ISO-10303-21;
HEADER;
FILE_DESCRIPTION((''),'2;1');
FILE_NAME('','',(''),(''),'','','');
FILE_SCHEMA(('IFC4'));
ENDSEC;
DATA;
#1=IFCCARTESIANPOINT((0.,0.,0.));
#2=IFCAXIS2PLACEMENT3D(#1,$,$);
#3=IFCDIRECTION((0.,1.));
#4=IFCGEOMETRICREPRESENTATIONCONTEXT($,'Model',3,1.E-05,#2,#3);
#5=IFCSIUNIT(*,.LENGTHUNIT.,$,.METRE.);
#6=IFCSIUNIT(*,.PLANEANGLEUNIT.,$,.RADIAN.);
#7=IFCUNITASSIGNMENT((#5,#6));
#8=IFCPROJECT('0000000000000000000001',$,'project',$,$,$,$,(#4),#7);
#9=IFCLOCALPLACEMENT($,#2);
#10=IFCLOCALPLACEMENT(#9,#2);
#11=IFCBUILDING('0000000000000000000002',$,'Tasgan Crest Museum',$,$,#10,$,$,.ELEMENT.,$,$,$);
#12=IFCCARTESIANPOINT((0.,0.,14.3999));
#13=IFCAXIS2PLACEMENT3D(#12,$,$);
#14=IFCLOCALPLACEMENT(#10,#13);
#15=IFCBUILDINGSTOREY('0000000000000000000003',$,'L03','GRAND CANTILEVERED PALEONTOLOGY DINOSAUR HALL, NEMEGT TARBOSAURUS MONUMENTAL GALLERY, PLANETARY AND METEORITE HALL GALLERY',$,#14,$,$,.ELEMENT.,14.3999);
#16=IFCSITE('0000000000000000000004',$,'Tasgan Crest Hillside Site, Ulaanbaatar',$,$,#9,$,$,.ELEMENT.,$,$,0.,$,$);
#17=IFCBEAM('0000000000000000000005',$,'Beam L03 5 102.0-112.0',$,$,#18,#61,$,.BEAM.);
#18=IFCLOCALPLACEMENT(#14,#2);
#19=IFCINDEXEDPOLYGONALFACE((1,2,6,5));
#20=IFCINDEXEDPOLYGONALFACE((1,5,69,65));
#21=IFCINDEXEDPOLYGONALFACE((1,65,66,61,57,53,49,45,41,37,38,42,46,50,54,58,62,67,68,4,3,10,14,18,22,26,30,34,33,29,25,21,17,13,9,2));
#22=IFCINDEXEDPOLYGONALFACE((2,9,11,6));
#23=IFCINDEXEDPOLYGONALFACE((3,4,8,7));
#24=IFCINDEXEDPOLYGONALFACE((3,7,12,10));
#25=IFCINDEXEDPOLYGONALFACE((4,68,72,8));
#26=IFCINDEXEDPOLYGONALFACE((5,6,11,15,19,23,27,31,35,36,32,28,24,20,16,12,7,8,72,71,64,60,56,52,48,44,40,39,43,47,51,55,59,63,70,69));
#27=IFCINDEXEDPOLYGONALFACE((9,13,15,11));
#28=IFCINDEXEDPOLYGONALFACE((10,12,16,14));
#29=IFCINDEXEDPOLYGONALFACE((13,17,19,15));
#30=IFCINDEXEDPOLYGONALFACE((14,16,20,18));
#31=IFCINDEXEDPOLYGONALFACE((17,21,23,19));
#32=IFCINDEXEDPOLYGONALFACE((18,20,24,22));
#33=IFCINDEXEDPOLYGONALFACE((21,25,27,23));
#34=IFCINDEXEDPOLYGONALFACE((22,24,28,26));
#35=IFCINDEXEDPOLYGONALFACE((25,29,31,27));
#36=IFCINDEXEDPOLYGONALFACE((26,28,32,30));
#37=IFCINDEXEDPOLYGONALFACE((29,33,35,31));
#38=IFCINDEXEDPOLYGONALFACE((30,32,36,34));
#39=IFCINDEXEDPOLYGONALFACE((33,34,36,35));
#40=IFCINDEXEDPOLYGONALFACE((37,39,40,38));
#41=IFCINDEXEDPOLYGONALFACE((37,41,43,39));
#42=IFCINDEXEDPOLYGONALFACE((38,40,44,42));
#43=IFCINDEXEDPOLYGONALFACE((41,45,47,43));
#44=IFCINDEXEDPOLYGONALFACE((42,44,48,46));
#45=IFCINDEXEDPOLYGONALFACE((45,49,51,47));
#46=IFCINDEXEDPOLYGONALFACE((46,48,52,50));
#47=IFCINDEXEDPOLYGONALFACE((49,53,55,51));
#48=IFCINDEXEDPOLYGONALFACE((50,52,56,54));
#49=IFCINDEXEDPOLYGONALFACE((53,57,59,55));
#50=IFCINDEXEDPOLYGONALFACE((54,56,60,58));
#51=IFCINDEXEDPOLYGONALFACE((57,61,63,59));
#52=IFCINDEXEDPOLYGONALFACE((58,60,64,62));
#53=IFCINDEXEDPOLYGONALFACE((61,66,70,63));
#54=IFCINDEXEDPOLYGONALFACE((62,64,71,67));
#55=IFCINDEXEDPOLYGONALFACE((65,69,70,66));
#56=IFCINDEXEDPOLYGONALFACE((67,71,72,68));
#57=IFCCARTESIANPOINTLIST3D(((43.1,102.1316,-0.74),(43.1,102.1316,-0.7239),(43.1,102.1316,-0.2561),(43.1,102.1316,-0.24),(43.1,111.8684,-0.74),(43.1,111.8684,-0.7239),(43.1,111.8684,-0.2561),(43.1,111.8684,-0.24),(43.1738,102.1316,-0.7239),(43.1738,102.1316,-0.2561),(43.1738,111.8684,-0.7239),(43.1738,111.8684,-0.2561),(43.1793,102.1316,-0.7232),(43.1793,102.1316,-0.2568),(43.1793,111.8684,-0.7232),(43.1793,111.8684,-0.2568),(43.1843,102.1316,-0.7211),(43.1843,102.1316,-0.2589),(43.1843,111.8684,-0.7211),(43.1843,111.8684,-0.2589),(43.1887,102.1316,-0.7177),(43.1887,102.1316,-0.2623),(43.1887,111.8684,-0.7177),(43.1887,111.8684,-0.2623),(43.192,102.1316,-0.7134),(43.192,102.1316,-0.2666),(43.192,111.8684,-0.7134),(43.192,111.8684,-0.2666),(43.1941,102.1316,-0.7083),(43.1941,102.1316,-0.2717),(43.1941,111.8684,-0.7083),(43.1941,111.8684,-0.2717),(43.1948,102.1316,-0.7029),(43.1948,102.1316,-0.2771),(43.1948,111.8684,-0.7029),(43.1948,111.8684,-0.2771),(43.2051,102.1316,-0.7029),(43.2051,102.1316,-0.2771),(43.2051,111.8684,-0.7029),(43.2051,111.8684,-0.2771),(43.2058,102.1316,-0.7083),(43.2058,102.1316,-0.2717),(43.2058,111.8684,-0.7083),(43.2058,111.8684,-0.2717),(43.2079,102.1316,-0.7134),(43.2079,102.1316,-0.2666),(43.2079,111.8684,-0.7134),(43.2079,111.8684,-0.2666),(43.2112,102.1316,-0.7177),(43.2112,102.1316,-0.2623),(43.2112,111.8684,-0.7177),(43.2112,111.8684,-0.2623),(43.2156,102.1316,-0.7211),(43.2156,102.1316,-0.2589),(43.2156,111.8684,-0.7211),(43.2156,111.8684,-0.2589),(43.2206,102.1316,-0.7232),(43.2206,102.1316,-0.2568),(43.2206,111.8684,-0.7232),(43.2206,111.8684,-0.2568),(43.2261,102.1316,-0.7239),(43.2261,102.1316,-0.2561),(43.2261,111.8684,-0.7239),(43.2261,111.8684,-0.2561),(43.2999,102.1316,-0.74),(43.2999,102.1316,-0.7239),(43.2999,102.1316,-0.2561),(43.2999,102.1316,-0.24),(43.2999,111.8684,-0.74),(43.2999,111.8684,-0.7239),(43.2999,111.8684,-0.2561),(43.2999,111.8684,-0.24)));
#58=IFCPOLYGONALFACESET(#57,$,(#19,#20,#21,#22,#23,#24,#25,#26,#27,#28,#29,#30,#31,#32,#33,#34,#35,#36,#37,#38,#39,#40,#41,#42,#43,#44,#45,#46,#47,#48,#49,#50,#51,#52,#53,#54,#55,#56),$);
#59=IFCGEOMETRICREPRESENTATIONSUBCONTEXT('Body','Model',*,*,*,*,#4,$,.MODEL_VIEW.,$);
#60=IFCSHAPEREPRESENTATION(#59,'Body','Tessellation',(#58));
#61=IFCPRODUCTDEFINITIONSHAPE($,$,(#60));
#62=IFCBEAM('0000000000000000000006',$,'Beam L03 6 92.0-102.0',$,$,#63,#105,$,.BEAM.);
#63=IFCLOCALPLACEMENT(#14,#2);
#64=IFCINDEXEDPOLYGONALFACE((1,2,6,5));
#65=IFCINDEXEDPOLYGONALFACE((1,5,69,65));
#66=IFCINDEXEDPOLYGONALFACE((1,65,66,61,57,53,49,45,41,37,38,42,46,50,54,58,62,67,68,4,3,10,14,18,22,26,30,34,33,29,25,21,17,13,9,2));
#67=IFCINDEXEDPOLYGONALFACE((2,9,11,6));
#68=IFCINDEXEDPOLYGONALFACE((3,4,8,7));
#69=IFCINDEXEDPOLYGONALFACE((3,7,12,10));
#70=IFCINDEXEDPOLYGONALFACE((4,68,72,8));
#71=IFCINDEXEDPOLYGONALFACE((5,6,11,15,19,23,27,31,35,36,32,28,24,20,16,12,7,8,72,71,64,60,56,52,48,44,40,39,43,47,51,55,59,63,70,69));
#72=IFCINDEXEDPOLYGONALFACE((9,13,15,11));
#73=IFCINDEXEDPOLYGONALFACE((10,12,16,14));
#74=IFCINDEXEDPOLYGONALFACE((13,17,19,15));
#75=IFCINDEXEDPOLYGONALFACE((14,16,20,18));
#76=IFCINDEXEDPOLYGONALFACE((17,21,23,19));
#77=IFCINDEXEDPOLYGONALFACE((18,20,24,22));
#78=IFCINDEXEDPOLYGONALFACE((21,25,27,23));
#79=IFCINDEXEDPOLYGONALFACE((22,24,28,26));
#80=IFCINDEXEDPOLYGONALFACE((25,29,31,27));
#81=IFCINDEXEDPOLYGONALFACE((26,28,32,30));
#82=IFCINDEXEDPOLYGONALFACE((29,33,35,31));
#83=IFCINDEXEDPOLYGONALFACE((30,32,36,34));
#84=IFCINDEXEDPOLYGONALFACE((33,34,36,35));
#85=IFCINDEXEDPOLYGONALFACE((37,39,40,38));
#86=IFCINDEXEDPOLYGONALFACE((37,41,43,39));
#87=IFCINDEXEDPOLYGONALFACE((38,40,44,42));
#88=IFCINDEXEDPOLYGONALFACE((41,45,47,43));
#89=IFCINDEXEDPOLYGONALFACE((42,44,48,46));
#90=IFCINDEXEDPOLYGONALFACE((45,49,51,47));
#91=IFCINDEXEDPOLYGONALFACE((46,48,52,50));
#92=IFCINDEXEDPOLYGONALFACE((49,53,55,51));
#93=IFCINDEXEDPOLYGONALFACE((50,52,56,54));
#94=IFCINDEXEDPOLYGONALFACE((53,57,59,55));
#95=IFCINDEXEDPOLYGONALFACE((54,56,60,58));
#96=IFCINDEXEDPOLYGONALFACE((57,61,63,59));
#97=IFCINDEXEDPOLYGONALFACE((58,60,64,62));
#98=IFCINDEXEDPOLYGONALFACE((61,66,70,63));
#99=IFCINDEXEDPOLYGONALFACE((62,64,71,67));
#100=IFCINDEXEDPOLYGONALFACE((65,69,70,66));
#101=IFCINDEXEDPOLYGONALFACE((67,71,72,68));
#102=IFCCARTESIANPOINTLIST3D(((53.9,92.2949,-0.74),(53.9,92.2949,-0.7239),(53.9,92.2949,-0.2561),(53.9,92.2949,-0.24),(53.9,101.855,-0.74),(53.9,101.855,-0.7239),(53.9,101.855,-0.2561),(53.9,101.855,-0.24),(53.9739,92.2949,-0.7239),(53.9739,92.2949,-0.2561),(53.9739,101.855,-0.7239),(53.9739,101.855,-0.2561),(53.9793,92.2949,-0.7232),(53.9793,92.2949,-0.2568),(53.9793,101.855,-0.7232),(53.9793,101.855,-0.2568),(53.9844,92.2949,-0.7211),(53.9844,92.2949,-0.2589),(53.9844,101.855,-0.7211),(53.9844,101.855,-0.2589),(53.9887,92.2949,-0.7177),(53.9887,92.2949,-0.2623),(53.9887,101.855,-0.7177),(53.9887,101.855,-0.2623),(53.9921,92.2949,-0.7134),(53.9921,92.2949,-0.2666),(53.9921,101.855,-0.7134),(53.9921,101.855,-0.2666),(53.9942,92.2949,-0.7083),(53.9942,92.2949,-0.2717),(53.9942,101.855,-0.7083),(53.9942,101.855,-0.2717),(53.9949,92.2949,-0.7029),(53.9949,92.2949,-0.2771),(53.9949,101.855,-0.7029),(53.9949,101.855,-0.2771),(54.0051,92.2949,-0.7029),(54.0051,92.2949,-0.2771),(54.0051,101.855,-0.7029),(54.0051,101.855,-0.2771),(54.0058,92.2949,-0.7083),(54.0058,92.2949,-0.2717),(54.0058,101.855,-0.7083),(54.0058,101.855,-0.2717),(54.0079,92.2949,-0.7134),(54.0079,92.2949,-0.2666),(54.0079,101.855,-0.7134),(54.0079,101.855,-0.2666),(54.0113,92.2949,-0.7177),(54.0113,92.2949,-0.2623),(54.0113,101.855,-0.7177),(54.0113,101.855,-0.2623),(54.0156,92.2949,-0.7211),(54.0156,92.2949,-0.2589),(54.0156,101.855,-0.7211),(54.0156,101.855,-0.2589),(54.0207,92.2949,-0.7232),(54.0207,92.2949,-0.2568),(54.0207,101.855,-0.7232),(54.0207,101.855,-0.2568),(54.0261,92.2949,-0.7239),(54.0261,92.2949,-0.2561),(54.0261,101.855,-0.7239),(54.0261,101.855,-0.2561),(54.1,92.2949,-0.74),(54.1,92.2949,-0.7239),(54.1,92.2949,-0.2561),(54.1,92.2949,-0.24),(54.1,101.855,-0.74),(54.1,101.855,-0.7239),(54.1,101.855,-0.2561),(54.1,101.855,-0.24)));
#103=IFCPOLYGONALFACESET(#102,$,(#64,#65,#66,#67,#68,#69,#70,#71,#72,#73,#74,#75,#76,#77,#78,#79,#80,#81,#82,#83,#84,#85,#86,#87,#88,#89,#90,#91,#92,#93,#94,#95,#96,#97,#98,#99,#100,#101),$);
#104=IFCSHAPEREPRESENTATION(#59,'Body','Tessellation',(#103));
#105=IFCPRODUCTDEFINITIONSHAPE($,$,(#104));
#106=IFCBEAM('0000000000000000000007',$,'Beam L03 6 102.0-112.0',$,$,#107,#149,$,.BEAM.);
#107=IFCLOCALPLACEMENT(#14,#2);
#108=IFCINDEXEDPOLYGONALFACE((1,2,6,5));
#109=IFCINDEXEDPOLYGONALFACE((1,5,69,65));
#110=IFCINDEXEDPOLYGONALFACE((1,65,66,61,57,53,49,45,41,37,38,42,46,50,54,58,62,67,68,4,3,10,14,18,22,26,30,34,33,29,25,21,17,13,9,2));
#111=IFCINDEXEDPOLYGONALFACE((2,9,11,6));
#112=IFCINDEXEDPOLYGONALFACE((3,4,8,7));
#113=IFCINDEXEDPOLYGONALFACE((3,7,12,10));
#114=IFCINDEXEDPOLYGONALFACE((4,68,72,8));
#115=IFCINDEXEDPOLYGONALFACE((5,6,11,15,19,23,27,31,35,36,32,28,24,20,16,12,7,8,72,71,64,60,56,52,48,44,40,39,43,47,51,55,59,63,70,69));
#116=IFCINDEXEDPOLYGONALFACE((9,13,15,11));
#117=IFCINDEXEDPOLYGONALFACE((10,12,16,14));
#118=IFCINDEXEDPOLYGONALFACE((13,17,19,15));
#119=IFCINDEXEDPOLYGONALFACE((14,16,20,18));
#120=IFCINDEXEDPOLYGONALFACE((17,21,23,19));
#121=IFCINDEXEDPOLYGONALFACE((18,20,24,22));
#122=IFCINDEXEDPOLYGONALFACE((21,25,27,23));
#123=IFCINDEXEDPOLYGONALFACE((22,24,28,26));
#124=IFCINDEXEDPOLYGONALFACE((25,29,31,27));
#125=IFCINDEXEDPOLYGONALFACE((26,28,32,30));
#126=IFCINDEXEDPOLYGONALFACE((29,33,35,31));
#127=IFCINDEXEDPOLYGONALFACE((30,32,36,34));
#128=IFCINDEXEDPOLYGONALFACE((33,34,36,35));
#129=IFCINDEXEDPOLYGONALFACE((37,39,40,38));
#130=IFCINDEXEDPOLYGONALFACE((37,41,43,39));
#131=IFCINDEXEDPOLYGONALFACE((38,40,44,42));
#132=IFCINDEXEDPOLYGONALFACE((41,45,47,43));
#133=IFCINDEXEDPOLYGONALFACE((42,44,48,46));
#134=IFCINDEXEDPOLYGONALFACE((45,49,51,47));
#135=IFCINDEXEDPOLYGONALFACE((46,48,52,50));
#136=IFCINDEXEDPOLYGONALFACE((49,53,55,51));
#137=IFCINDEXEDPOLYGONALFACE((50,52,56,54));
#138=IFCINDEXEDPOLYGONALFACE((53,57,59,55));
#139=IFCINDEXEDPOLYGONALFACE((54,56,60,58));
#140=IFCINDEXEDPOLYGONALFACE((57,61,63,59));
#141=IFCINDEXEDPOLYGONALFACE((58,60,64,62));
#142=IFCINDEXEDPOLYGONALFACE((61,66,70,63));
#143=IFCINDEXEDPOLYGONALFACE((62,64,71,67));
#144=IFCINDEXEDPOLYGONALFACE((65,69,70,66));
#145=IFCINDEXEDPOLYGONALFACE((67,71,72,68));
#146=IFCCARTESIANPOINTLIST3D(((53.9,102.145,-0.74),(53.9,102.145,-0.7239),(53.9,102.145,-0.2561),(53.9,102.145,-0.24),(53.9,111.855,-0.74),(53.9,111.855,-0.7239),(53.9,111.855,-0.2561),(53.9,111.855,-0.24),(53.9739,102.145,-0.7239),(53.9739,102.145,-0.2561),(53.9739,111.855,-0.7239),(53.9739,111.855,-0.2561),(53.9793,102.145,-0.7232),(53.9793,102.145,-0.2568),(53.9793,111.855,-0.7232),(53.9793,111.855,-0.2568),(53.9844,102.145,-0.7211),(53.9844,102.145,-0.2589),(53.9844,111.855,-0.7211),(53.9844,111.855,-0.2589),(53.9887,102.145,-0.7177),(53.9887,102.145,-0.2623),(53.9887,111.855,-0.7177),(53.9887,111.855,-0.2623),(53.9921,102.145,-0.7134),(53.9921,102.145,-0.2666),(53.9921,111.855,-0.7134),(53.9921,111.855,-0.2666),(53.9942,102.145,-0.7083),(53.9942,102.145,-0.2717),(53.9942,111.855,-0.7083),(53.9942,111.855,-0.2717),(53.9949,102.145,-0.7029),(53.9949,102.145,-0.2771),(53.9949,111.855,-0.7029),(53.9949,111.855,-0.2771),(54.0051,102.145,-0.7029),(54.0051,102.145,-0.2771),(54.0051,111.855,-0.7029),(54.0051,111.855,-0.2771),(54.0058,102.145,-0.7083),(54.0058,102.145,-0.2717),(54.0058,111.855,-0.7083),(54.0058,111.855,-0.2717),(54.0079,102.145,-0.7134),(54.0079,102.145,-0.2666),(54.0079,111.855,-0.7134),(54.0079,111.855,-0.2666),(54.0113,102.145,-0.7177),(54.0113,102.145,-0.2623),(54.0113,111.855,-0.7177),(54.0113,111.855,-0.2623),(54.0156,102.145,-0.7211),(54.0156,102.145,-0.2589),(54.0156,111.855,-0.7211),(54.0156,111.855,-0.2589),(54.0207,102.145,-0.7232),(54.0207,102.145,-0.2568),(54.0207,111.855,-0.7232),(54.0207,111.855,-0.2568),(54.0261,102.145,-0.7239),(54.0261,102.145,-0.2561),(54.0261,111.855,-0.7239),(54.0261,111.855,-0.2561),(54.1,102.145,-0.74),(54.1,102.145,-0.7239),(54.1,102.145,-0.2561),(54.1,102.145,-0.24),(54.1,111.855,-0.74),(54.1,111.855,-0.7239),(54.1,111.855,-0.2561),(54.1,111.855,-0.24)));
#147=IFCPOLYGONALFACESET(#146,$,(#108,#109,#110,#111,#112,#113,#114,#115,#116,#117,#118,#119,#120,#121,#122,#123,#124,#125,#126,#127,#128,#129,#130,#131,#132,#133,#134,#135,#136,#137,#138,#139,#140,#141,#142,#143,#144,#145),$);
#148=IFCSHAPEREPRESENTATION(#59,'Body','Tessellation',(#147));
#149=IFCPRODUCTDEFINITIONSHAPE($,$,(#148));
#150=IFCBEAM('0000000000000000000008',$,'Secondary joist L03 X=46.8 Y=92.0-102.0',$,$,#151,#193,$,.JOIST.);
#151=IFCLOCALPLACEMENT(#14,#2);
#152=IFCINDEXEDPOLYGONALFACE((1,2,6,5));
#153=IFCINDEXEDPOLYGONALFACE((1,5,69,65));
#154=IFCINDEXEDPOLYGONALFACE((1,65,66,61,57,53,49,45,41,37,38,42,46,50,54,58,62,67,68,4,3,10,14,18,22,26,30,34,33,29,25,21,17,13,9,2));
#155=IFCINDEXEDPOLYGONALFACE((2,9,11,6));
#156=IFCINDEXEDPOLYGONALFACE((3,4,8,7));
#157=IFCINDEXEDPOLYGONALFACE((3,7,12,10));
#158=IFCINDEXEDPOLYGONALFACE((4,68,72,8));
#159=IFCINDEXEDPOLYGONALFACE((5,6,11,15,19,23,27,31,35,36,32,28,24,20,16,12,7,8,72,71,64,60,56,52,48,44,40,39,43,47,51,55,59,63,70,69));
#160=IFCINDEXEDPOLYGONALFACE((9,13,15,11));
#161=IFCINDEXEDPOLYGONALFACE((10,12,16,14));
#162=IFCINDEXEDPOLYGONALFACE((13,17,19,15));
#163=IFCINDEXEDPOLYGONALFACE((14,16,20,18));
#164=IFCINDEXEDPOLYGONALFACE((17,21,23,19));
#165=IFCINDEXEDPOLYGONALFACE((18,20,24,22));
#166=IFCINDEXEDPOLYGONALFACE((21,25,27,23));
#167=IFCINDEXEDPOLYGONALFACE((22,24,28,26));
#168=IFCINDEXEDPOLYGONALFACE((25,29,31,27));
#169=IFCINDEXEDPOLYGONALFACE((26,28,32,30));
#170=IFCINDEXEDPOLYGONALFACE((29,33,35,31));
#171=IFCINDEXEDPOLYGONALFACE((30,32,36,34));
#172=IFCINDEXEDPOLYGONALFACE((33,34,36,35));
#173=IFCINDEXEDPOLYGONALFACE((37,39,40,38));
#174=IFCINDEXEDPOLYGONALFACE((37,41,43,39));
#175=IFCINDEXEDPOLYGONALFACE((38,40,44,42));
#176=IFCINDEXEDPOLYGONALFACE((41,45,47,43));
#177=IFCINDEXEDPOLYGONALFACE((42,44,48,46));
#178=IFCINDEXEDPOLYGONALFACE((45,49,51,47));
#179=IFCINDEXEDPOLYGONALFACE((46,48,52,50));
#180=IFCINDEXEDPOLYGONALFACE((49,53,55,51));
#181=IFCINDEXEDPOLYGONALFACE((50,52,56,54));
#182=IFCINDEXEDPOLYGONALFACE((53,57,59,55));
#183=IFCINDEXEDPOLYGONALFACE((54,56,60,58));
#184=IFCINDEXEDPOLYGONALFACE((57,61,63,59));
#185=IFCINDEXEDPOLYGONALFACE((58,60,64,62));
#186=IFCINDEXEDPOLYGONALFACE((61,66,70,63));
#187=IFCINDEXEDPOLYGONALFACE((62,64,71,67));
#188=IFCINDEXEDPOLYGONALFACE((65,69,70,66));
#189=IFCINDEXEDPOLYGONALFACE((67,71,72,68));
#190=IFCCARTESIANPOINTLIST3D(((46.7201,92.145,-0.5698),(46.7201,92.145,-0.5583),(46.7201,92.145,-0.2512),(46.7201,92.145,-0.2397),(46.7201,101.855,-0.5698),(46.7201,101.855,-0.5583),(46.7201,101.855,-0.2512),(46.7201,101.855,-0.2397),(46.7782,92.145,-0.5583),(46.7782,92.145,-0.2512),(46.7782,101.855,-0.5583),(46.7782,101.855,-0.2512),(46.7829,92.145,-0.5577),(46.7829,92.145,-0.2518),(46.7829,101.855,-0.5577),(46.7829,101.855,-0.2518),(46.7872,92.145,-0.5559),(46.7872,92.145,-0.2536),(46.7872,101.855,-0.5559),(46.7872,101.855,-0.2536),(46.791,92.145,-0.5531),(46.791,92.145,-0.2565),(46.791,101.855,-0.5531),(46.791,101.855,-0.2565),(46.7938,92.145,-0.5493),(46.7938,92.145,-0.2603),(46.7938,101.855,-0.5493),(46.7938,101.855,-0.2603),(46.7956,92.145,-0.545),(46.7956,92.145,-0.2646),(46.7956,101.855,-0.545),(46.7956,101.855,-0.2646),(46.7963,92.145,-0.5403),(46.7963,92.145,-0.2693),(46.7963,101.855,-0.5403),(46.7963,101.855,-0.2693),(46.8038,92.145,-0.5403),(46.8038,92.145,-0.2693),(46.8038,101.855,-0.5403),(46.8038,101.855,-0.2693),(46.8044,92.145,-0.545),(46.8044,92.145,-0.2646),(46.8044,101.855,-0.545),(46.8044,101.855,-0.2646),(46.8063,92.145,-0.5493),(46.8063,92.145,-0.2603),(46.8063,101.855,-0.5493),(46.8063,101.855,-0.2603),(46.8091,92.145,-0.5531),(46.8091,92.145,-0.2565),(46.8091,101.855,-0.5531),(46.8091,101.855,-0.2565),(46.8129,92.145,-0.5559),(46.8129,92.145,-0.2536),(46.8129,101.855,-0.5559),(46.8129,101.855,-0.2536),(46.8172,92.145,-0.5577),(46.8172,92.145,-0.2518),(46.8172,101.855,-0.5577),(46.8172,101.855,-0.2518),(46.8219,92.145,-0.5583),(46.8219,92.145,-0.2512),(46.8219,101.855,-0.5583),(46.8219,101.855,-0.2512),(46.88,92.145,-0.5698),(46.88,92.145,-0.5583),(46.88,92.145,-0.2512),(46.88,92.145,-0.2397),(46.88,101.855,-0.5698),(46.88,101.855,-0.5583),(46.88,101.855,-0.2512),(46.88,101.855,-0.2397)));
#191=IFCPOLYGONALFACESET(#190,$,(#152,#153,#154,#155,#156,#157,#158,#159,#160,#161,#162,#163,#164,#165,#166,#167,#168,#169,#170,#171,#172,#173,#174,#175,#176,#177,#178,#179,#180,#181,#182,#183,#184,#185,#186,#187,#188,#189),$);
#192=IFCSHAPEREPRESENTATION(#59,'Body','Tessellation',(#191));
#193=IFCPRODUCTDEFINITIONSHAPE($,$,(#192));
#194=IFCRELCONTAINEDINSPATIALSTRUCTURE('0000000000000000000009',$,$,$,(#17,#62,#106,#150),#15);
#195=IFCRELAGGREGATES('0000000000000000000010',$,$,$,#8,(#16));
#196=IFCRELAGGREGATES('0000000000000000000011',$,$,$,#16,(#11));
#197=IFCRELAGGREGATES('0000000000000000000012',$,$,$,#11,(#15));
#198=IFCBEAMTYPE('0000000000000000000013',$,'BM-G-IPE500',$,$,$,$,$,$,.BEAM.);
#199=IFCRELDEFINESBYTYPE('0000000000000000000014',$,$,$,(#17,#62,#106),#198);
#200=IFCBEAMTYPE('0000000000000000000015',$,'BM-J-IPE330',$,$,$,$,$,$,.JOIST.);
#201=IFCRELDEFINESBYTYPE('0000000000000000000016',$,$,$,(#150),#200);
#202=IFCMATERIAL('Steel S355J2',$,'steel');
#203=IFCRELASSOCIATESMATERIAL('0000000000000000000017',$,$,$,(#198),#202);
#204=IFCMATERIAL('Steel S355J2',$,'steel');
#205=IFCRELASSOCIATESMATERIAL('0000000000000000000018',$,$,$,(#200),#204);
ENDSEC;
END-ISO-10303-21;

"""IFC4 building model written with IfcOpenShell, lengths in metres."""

from ifc_helpers import new_model, si_unit, direction, frame, origin, origin_2d, place, context, subcontext, project, spatial, i_section, extrude, material, material_profile, profile_set, type_object, element, save


model = new_model("IFC4")

# Units and contexts
model_context = context("Model", 3, precision=1e-05, world=origin(), true_north=direction((0.0, 1.0)))
body_context = subcontext(model_context, "Body", "Model", "MODEL_VIEW")
ifc_project = project(units=[si_unit("LENGTHUNIT", "METRE"), si_unit("PLANEANGLEUNIT", "RADIAN")], contexts=[model_context])

# Site, building, storey
site_placement = place(None, origin())
site = spatial("IfcSite", under=ifc_project, at=site_placement, Name="Tasgan Crest Hillside Site, Ulaanbaatar", CompositionType="ELEMENT", RefElevation=0.0)
building_placement = place(site_placement, origin())
building = spatial("IfcBuilding", under=site, at=building_placement, Name="Tasgan Crest Museum", CompositionType="ELEMENT")
storey_placement = place(building_placement, frame((0.0, 0.0, 14.3999)))
storey = spatial("IfcBuildingStorey", under=building, at=storey_placement, Name="L03", Description="GRAND CANTILEVERED PALEONTOLOGY DINOSAUR HALL, NEMEGT TARBOSAURUS MONUMENTAL GALLERY, PLANETARY AND METEORITE HALL GALLERY", CompositionType="ELEMENT", Elevation=14.3999)

# Beams
ifc_material_1 = material(Name="Steel S355J2", Category="steel")
ifc_material_profile_1 = material_profile(ifc_material_1, i_section(OverallWidth=0.2, OverallDepth=0.5, WebThickness=0.0103, FlangeThickness=0.0161, FilletRadius=0.021, at=origin_2d()), Name="IPE 500")
ifc_profile_set_1 = profile_set([ifc_material_profile_1], Name="Steel S355J2")
beam_type_1 = type_object("IfcBeamType", Name="BM-G-IPE500", PredefinedType="BEAM", material=ifc_profile_set_1)
for number, where, z_axis, x_axis, name in (
    (1, (43.2, 102.1316, -0.49), (0.0, 1.0, 0.0), (-1.0, 0.0, 0.0), "Beam L03 5 102.0-112.0"),
):
    element("IfcBeam", number, at=place(storey_placement, frame(where, z_axis=z_axis, x_axis=x_axis)), inside=storey, type_object=beam_type_1, Name=name, PredefinedType="BEAM", context=body_context, shape_type="SweptSolid", body=[
        extrude(i_section(OverallWidth=0.2, OverallDepth=0.5, WebThickness=0.0103, FlangeThickness=0.0161, FilletRadius=0.021, at=origin_2d()), origin(), (0.0, 0.0, 1.0), 9.7368),
    ])
beam_1_placement = place(storey_placement, frame((54.0, 92.2949, -0.49), z_axis=(0.0, 1.0, 0.0), x_axis=(-1.0, 0.0, 0.0)))
element("IfcBeam", 2, at=beam_1_placement, inside=storey, type_object=beam_type_1, Name="Beam L03 6 92.0-102.0", PredefinedType="BEAM", context=body_context, shape_type="SweptSolid", body=[
    extrude(i_section(OverallWidth=0.2, OverallDepth=0.5, WebThickness=0.0103, FlangeThickness=0.0161, FilletRadius=0.021, at=origin_2d()), origin(), (0.0, 0.0, 1.0), 9.5601),
])
beam_2_placement = place(storey_placement, frame((54.0, 102.145, -0.49), z_axis=(0.0, 1.0, 0.0), x_axis=(-1.0, 0.0, 0.0)))
element("IfcBeam", 3, at=beam_2_placement, inside=storey, type_object=beam_type_1, Name="Beam L03 6 102.0-112.0", PredefinedType="BEAM", context=body_context, shape_type="SweptSolid", body=[
    extrude(i_section(OverallWidth=0.2, OverallDepth=0.5, WebThickness=0.0103, FlangeThickness=0.0161, FilletRadius=0.021, at=origin_2d()), origin(), (0.0, 0.0, 1.0), 9.71),
])
ifc_material_2 = material(Name="Steel S355J2", Category="steel")
ifc_material_profile_2 = material_profile(ifc_material_2, i_section(OverallWidth=0.1599, OverallDepth=0.3301, WebThickness=0.0076, FlangeThickness=0.0115, FilletRadius=0.0181, at=origin_2d()), Name="IPE 330")
ifc_profile_set_2 = profile_set([ifc_material_profile_2], Name="Steel S355J2")
beam_type_2 = type_object("IfcBeamType", Name="BM-J-IPE330", PredefinedType="JOIST", material=ifc_profile_set_2)
for number, where, z_axis, x_axis, name in (
    (4, (46.8, 92.145, -0.4048), (0.0, 1.0, 0.0), (-1.0, 0.0, 0.0), "Secondary joist L03 X=46.8 Y=92.0-102.0"),
):
    element("IfcBeam", number, at=place(storey_placement, frame(where, z_axis=z_axis, x_axis=x_axis)), inside=storey, type_object=beam_type_2, Name=name, PredefinedType="JOIST", context=body_context, shape_type="SweptSolid", body=[
        extrude(i_section(OverallWidth=0.1599, OverallDepth=0.3301, WebThickness=0.0076, FlangeThickness=0.0115, FilletRadius=0.0181, at=origin_2d()), origin(), (0.0, 0.0, 1.0), 9.71),
    ])

save(model, "model.ifc")
